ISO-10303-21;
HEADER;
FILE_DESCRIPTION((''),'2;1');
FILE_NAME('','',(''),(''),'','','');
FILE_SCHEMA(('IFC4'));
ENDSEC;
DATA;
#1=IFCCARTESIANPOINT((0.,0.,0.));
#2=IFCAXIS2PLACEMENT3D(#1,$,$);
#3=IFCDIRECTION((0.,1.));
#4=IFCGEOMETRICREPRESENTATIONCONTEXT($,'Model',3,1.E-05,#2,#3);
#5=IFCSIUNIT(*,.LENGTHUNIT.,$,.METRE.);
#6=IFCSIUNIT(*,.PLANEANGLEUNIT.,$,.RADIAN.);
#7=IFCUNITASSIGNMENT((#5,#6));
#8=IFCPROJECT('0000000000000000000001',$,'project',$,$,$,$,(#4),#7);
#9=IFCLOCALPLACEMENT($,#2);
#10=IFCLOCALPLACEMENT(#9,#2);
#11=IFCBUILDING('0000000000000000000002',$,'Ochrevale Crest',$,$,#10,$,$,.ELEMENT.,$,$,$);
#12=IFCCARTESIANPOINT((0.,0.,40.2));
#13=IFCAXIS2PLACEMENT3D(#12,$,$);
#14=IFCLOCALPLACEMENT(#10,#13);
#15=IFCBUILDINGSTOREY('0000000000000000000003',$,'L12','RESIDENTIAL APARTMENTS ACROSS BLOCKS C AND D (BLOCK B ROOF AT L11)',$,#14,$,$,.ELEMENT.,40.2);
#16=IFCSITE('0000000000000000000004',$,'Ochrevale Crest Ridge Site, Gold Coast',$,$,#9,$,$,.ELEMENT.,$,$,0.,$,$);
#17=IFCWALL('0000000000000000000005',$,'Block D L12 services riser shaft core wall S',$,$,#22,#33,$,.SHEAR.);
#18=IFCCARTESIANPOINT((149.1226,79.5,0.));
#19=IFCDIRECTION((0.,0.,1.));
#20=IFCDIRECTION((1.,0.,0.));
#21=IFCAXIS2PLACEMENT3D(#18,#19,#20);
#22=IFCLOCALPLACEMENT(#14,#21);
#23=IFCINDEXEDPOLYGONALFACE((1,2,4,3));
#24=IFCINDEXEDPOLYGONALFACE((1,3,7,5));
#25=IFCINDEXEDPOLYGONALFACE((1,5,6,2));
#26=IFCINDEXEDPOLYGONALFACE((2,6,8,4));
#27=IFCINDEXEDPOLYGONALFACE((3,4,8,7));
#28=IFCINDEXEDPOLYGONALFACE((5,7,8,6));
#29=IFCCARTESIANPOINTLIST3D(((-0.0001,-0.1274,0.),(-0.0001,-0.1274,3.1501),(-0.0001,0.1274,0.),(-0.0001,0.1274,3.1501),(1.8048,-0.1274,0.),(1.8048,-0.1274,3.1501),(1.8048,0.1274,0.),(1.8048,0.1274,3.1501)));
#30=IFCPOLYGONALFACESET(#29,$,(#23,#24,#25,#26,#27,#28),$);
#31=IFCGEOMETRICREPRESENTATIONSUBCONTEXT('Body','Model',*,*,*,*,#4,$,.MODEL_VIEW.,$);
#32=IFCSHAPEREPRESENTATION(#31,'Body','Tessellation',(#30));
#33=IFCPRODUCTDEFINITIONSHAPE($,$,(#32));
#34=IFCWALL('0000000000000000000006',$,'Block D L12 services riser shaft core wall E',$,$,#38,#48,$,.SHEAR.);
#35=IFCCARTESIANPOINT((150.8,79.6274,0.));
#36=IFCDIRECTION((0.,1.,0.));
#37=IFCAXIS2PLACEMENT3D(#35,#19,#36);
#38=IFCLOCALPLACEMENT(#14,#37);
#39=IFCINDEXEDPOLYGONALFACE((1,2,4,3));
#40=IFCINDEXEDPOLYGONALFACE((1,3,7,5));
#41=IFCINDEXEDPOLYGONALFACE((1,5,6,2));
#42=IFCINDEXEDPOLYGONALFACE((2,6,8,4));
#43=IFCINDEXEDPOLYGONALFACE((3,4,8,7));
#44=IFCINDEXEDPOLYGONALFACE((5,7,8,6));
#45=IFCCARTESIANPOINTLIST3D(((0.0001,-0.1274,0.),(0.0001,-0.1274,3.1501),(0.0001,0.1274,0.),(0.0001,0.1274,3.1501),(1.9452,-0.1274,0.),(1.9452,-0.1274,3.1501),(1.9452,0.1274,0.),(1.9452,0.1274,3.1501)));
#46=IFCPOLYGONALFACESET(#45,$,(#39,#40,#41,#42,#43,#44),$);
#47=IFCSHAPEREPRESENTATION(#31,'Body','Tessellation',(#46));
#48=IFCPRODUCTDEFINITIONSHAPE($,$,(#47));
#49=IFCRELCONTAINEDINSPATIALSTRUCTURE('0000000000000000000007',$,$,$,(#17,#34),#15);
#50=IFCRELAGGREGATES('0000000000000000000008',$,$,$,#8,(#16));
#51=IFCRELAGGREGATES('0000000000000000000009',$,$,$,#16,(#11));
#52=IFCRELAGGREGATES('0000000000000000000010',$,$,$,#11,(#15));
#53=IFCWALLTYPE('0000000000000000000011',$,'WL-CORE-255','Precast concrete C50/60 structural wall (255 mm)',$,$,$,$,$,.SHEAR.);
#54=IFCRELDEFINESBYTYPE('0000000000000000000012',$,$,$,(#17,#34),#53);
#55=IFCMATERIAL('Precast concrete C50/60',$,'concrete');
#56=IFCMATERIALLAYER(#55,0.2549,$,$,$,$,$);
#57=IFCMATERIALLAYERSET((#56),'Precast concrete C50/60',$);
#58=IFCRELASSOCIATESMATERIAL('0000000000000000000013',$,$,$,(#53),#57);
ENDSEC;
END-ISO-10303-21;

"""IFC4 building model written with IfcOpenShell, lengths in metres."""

from ifc_helpers import new_model, si_unit, direction, frame, frame_2d, origin, place, context, subcontext, project, spatial, rectangle, extrude, material, layer, layer_set, type_object, element, save


model = new_model("IFC4")

# Units and contexts
model_context = context("Model", 3, precision=1e-05, world=origin(), true_north=direction((0.0, 1.0)))
body_context = subcontext(model_context, "Body", "Model", "MODEL_VIEW")
ifc_project = project(units=[si_unit("LENGTHUNIT", "METRE"), si_unit("PLANEANGLEUNIT", "RADIAN")], contexts=[model_context])

# Site, building, storey
site_placement = place(None, origin())
site = spatial("IfcSite", under=ifc_project, at=site_placement, Name="Ochrevale Crest Ridge Site, Gold Coast", CompositionType="ELEMENT", RefElevation=0.0)
building_placement = place(site_placement, origin())
building = spatial("IfcBuilding", under=site, at=building_placement, Name="Ochrevale Crest", CompositionType="ELEMENT")
storey_placement = place(building_placement, frame((0.0, 0.0, 40.2)))
storey = spatial("IfcBuildingStorey", under=building, at=storey_placement, Name="L12", Description="RESIDENTIAL APARTMENTS ACROSS BLOCKS C AND D (BLOCK B ROOF AT L11)", CompositionType="ELEMENT", Elevation=40.2)

# Shared definitions
ifc_material_1 = material(Name="Precast concrete C50/60", Category="concrete")

# Walls
ifc_layer_1 = layer(ifc_material_1, 0.2549)
ifc_layer_set_1 = layer_set([ifc_layer_1], Name="Precast concrete C50/60")
wall_type_1 = type_object("IfcWallType", Name="WL-CORE-255", Description="Precast concrete C50/60 structural wall (255 mm)", PredefinedType="SHEAR", material=ifc_layer_set_1)
wall_1_placement = place(storey_placement, frame((149.1226, 79.5, 0.0), z_axis=(0.0, 0.0, 1.0), x_axis=(1.0, 0.0, 0.0)))
element("IfcWall", 1, at=wall_1_placement, inside=storey, type_object=wall_type_1, Name="Block D L12 services riser shaft core wall S", PredefinedType="SHEAR", context=body_context, shape_type="SweptSolid", body=[
    extrude(rectangle(XDim=1.8049, YDim=0.2549, at=frame_2d((0.9023, 0.0))), origin(), (0.0, 0.0, 1.0), 3.1501),
])
wall_2_placement = place(storey_placement, frame((150.8, 79.6274, 0.0), z_axis=(0.0, 0.0, 1.0), x_axis=(0.0, 1.0, 0.0)))
element("IfcWall", 2, at=wall_2_placement, inside=storey, type_object=wall_type_1, Name="Block D L12 services riser shaft core wall E", PredefinedType="SHEAR", context=body_context, shape_type="SweptSolid", body=[
    extrude(rectangle(XDim=1.9451, YDim=0.2549, at=frame_2d((0.9727, 0.0))), origin(), (0.0, 0.0, 1.0), 3.1501),
])

save(model, "model.ifc")
